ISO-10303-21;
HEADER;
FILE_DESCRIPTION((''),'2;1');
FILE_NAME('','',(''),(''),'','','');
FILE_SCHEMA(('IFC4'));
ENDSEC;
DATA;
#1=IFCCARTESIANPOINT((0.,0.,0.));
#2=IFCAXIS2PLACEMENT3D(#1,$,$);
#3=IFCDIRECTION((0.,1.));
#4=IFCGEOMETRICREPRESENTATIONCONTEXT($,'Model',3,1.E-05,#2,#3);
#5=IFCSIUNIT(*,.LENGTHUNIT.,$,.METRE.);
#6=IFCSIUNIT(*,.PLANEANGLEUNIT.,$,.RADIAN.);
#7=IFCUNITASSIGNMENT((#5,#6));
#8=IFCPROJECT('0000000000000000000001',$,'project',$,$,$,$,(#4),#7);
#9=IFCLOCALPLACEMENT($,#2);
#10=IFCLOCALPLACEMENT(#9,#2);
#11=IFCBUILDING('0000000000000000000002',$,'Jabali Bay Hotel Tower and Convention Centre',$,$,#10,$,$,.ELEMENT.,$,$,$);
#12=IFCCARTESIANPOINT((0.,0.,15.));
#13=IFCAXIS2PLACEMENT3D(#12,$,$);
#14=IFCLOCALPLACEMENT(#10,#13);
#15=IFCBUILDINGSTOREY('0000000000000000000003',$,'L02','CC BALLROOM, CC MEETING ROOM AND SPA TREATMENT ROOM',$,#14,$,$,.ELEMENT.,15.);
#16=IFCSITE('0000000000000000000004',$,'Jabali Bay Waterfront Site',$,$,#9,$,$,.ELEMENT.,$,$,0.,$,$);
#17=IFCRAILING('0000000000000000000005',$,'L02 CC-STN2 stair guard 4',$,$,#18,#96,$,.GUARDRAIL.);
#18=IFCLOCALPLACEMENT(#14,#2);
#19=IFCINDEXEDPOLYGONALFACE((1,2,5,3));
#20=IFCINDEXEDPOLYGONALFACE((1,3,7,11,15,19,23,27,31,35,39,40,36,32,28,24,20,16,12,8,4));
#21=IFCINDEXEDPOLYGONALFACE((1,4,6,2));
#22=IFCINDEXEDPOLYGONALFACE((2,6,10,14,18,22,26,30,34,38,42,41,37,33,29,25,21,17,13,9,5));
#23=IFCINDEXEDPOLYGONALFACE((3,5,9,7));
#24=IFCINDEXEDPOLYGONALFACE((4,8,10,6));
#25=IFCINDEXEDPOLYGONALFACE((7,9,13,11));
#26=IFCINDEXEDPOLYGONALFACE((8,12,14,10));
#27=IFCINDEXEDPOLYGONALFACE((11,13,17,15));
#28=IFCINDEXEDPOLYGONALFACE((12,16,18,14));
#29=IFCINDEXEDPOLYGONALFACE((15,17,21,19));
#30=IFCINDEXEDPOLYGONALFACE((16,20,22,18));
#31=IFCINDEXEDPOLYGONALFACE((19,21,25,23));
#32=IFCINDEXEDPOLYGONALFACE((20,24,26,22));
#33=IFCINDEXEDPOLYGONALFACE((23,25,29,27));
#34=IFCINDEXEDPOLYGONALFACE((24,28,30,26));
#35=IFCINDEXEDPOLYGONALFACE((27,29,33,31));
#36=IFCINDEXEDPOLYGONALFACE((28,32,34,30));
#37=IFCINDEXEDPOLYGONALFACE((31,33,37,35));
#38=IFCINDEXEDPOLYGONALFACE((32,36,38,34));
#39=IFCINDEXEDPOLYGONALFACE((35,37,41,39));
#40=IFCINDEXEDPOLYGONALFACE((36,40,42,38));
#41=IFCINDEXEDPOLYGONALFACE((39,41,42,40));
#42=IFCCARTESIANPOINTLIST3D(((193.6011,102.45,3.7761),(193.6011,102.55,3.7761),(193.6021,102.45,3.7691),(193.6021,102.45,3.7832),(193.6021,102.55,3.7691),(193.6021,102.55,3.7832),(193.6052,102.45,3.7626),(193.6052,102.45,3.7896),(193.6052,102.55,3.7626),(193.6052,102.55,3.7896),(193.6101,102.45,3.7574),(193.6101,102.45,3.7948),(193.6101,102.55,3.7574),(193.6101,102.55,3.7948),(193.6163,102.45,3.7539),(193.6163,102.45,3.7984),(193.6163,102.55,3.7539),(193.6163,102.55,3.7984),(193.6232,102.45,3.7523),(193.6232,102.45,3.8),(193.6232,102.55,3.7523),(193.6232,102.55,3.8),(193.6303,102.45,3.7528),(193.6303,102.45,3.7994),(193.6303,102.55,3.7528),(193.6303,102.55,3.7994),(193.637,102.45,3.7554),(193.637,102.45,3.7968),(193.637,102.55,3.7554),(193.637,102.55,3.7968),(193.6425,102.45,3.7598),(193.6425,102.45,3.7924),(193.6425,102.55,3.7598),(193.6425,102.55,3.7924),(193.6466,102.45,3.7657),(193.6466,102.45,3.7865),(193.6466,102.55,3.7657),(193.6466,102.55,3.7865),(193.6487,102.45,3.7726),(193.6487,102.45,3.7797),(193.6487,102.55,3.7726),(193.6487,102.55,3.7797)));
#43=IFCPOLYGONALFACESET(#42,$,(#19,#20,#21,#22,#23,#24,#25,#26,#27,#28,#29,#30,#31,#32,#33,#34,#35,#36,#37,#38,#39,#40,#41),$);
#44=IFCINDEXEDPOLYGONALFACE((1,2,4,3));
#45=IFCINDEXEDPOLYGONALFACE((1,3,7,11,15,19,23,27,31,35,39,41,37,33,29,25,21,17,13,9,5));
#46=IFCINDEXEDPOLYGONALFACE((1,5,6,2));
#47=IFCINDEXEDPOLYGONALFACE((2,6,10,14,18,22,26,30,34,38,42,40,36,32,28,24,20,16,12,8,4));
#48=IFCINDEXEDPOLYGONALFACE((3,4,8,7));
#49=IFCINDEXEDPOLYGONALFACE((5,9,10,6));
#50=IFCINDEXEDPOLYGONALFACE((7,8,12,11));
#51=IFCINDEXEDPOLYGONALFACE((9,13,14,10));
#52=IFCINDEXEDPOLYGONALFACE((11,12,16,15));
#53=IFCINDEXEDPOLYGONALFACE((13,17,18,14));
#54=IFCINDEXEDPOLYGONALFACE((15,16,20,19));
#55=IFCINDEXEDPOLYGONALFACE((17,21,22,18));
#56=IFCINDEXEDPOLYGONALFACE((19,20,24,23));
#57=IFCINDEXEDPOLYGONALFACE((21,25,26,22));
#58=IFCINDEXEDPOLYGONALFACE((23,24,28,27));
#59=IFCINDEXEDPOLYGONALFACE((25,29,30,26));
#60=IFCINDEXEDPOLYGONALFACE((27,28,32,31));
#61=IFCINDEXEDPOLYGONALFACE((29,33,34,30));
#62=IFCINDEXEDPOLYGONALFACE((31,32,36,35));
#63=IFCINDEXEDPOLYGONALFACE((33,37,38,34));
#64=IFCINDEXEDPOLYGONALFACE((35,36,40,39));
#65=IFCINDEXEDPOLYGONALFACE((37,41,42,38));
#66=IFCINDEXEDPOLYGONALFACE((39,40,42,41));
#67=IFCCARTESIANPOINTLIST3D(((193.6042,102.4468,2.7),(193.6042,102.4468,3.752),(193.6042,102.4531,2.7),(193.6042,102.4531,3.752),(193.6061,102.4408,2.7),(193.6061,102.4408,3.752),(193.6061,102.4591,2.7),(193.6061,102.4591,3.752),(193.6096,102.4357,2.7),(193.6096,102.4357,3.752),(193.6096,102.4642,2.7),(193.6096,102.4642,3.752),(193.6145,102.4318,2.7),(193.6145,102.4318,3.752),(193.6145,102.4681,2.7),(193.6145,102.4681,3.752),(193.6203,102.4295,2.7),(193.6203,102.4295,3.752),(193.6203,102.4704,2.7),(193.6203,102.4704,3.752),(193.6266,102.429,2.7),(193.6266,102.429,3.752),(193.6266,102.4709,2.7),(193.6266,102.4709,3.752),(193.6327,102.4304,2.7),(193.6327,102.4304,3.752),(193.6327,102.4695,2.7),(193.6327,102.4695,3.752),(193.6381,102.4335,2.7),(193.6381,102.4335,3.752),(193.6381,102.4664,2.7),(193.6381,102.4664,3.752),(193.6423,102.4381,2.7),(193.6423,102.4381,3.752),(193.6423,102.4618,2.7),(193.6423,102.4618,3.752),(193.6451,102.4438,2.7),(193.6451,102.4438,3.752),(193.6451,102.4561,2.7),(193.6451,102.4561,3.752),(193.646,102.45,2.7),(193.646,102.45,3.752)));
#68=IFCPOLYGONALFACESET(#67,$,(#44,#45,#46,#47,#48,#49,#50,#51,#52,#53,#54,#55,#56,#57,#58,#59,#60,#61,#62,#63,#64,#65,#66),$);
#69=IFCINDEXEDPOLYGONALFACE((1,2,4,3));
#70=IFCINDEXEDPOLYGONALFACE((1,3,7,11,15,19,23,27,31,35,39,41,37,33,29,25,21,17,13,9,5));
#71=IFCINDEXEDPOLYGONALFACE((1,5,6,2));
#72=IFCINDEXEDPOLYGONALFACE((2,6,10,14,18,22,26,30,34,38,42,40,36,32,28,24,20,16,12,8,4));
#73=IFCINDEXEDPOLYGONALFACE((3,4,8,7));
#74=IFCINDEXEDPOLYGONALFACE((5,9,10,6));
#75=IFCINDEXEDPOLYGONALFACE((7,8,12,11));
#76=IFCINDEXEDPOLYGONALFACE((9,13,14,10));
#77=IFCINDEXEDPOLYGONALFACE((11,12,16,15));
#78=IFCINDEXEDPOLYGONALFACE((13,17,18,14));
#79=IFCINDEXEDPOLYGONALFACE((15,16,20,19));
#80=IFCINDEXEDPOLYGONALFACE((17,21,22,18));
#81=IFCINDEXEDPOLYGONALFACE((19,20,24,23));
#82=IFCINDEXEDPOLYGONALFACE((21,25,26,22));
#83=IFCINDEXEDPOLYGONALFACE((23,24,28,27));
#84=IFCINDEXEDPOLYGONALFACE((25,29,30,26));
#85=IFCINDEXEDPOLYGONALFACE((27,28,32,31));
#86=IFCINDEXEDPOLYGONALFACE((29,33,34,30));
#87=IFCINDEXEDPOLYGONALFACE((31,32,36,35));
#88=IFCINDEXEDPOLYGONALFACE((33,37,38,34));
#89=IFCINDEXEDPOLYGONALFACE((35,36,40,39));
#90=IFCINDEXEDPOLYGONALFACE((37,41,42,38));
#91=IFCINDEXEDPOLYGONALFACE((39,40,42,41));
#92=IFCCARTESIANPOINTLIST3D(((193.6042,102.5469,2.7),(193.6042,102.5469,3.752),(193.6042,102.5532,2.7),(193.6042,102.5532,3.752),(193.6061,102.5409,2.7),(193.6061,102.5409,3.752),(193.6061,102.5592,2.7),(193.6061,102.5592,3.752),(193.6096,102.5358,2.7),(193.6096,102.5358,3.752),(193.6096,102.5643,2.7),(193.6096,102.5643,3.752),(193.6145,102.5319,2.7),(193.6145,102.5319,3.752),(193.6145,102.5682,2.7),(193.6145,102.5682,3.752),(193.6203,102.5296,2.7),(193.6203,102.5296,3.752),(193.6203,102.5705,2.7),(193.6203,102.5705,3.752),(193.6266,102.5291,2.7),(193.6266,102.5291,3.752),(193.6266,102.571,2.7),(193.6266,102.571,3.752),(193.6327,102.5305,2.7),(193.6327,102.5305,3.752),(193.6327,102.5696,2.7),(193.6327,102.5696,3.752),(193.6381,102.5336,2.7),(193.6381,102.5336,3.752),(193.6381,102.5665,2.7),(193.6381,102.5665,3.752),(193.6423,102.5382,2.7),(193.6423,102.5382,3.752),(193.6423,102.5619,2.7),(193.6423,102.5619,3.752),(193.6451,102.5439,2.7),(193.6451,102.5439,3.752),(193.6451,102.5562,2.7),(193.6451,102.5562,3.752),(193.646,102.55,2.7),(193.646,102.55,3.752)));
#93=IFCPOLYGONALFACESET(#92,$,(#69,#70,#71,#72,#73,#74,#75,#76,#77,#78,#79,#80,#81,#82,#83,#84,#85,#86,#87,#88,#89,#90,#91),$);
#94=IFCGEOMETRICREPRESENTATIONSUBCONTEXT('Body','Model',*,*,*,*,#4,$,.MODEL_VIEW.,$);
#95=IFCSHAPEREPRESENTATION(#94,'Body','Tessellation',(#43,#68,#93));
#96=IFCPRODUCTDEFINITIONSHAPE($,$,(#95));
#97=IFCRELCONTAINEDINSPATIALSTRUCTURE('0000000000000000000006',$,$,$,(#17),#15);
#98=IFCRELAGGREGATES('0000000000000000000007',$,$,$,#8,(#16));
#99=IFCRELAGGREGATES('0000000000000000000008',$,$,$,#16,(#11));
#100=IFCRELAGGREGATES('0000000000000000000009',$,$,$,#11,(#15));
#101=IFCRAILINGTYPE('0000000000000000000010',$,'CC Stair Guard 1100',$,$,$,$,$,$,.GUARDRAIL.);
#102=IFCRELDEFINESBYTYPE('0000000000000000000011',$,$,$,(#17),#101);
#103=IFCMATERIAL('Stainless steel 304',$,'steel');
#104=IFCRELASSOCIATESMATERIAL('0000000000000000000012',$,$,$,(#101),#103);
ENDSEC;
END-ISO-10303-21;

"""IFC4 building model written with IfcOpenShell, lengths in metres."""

from ifc_helpers import new_model, si_unit, direction, frame, origin, origin_2d, place, context, subcontext, project, spatial, circle, extrude, material, type_object, element, save


model = new_model("IFC4")

# Units and contexts
model_context = context("Model", 3, precision=1e-05, world=origin(), true_north=direction((0.0, 1.0)))
body_context = subcontext(model_context, "Body", "Model", "MODEL_VIEW")
ifc_project = project(units=[si_unit("LENGTHUNIT", "METRE"), si_unit("PLANEANGLEUNIT", "RADIAN")], contexts=[model_context])

# Site, building, storey
site_placement = place(None, origin())
site = spatial("IfcSite", under=ifc_project, at=site_placement, Name="Jabali Bay Waterfront Site", CompositionType="ELEMENT", RefElevation=0.0)
building_placement = place(site_placement, origin())
building = spatial("IfcBuilding", under=site, at=building_placement, Name="Jabali Bay Hotel Tower and Convention Centre", CompositionType="ELEMENT")
storey_placement = place(building_placement, frame((0.0, 0.0, 15.0)))
storey = spatial("IfcBuildingStorey", under=building, at=storey_placement, Name="L02", Description="CC BALLROOM, CC MEETING ROOM AND SPA TREATMENT ROOM", CompositionType="ELEMENT", Elevation=15.0)

# Railing
ifc_material_1 = material(Name="Stainless steel 304", Category="steel")
railing_type_1 = type_object("IfcRailingType", Name="CC Stair Guard 1100", PredefinedType="GUARDRAIL", material=ifc_material_1)
railing_1_placement = place(storey_placement, frame((193.625, 102.45, 2.7)))
element("IfcRailing", 1, at=railing_1_placement, inside=storey, type_object=railing_type_1, Name="L02 CC-STN2 stair guard 4", PredefinedType="GUARDRAIL", context=body_context, shape_type="SweptSolid", body=[
    extrude(circle(Radius=0.0239, at=origin_2d()), frame((0.0, 0.0, 1.0762), z_axis=(0.0, 1.0, 0.0), x_axis=(-1.0, 0.0, 0.0)), (0.0, 0.0, 1.0), 0.1001),
    extrude(circle(Radius=0.021, at=origin_2d()), origin(), (0.0, 0.0, 1.0), 1.052),
    extrude(circle(Radius=0.021, at=origin_2d()), frame((0.0, 0.1001, 0.0)), (0.0, 0.0, 1.0), 1.052),
])

save(model, "model.ifc")
